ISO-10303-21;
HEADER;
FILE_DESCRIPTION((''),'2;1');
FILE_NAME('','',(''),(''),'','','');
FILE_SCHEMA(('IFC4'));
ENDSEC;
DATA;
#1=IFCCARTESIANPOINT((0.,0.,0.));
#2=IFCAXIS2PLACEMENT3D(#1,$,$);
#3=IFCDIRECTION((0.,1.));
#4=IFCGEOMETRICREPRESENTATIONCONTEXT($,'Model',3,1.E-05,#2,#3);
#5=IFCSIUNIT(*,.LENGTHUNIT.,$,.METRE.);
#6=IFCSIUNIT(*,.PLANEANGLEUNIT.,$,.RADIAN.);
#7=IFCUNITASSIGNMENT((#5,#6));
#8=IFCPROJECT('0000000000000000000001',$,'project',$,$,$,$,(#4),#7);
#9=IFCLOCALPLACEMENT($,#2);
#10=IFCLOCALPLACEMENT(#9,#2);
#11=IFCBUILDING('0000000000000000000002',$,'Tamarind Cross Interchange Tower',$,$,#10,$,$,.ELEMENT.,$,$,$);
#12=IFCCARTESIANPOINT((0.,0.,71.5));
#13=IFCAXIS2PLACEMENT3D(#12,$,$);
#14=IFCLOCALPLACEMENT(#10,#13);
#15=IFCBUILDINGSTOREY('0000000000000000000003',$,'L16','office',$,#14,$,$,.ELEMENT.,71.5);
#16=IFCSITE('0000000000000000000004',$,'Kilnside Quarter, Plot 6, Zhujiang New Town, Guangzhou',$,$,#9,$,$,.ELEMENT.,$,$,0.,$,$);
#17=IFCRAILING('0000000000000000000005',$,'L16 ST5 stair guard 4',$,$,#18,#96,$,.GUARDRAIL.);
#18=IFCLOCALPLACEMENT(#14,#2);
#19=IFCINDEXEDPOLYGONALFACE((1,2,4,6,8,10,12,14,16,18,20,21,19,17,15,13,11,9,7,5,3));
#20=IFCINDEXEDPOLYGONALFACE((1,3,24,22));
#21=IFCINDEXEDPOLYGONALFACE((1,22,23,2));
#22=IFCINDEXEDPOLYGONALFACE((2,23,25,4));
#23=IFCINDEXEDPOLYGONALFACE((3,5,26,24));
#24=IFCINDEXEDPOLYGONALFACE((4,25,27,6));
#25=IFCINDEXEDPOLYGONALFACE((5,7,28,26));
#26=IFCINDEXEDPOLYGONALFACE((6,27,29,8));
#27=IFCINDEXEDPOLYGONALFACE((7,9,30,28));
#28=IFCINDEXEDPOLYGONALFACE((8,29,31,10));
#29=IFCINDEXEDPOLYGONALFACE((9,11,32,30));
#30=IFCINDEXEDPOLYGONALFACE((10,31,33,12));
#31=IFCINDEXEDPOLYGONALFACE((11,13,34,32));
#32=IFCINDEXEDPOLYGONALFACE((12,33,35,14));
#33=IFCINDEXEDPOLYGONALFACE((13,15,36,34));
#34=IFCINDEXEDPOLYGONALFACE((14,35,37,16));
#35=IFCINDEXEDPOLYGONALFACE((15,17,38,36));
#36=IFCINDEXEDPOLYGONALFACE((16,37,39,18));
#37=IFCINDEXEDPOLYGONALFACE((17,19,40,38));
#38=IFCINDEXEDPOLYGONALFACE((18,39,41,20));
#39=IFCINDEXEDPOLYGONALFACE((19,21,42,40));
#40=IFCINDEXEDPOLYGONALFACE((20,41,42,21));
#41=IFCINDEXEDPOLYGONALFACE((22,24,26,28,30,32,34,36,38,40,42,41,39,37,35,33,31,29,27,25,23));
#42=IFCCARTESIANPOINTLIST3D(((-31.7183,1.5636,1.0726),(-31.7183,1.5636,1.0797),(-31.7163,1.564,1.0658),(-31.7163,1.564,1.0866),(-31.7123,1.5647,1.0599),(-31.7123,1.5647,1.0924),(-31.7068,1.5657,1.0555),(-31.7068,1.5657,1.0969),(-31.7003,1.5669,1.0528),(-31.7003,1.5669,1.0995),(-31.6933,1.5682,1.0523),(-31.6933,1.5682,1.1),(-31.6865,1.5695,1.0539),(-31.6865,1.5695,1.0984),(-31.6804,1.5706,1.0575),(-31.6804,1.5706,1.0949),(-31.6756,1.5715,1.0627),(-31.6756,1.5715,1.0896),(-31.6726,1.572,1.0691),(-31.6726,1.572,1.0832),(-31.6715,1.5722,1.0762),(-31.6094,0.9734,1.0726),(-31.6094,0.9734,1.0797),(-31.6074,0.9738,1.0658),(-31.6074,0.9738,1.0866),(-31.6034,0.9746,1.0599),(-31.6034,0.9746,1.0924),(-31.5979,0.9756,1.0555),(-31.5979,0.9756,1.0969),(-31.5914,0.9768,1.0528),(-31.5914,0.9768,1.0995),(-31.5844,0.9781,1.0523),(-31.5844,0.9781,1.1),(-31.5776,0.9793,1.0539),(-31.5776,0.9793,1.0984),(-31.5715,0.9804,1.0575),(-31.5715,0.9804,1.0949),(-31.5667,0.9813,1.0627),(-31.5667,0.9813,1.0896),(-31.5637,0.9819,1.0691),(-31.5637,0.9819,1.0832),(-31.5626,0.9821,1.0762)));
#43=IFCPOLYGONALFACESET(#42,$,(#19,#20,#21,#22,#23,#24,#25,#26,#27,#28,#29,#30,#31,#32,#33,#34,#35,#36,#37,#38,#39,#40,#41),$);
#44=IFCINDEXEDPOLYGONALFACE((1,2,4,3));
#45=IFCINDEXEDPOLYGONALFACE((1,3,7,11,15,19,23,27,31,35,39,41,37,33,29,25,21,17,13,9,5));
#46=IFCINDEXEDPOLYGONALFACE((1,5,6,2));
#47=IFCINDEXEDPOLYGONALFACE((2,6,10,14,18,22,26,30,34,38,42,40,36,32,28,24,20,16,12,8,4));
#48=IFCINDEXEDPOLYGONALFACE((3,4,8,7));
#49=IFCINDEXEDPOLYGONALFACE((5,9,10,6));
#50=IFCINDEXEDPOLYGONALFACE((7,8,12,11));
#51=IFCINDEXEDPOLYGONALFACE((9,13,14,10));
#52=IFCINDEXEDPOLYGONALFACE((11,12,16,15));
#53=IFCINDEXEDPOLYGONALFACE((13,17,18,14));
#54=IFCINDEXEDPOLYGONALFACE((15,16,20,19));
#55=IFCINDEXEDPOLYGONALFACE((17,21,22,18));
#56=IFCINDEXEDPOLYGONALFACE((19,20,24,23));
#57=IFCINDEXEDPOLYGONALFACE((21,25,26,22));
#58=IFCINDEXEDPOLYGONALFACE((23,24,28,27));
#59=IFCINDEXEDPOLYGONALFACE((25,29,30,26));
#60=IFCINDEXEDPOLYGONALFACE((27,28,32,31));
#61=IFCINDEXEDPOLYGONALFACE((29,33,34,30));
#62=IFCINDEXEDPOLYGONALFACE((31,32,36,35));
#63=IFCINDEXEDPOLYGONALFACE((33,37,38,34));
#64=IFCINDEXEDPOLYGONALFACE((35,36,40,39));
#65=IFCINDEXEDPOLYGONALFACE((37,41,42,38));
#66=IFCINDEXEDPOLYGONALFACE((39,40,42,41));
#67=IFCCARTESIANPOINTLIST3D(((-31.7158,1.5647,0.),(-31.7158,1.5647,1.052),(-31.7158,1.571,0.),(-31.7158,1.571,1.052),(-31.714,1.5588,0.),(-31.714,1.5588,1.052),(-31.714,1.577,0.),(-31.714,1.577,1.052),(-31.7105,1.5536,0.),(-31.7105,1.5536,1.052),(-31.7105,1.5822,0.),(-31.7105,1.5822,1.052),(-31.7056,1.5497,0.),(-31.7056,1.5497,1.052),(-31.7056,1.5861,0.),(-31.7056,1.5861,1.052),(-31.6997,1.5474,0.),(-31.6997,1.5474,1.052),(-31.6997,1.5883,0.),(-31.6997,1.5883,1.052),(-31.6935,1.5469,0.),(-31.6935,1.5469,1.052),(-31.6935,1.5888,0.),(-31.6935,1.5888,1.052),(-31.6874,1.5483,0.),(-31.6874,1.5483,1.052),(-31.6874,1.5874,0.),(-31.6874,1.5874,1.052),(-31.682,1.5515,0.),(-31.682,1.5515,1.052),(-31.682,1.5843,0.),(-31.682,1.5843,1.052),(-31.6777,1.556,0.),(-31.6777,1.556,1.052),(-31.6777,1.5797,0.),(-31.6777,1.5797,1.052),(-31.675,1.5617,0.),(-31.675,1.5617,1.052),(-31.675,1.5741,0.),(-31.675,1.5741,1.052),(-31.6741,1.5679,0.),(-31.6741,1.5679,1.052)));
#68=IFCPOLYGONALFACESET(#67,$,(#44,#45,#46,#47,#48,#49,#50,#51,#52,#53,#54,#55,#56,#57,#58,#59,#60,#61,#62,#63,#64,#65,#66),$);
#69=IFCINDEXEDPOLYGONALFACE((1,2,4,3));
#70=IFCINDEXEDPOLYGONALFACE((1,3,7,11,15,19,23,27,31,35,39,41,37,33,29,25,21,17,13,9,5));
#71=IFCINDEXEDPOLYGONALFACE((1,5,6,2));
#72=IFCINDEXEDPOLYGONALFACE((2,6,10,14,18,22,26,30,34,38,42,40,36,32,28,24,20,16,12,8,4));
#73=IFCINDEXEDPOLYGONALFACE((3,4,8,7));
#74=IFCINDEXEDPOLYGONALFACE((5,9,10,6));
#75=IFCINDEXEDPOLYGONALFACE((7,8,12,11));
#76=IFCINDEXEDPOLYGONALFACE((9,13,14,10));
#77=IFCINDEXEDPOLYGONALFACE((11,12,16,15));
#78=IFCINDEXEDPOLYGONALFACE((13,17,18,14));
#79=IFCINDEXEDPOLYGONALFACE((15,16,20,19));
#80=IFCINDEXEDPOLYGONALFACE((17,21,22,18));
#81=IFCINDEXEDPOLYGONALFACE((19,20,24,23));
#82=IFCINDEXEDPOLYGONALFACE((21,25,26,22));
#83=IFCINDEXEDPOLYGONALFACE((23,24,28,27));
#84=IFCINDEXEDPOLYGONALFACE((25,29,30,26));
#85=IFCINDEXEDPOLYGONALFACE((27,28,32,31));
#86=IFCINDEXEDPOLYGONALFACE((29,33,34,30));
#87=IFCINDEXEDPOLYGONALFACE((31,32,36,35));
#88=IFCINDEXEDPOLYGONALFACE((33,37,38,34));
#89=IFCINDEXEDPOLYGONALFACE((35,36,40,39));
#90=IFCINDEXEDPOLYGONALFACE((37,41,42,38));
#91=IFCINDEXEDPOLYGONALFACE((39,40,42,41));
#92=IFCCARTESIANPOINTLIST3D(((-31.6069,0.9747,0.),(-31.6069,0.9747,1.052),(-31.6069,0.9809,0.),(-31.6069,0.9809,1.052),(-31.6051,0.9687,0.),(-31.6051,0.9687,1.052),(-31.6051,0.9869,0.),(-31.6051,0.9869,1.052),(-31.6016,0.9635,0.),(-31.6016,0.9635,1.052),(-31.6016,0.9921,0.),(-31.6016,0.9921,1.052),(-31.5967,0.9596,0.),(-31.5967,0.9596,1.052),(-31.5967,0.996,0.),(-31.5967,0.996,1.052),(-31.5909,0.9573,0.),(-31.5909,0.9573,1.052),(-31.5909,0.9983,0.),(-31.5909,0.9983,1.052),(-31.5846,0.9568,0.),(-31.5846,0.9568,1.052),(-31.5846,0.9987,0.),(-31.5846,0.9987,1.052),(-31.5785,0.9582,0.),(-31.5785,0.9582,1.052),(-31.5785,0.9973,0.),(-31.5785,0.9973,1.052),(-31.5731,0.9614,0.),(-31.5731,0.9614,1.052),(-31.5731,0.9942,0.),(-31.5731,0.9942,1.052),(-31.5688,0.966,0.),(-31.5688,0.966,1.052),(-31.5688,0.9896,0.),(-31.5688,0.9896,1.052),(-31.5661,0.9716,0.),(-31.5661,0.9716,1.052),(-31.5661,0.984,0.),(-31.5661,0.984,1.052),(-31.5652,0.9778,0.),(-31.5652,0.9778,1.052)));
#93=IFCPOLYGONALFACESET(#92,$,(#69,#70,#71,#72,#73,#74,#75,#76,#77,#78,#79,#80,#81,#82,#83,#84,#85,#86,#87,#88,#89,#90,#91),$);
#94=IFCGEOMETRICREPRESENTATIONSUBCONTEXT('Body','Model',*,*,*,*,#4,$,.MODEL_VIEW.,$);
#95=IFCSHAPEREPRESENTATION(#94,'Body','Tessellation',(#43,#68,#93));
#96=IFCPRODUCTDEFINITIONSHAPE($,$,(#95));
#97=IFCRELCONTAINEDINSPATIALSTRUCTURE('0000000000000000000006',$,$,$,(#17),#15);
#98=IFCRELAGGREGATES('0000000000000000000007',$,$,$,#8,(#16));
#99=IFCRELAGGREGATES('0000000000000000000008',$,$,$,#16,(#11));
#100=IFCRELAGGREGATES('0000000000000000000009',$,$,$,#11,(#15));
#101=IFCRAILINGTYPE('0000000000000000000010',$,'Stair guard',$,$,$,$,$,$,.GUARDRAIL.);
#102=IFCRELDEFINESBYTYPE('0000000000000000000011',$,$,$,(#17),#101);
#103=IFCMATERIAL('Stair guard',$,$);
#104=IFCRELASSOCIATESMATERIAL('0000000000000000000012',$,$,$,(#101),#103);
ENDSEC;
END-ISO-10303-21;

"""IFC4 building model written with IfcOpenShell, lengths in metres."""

from ifc_helpers import new_model, si_unit, direction, frame, origin, origin_2d, place, context, subcontext, project, spatial, circle, extrude, material, type_object, element, save


model = new_model("IFC4")

# Units and contexts
model_context = context("Model", 3, precision=1e-05, world=origin(), true_north=direction((0.0, 1.0)))
body_context = subcontext(model_context, "Body", "Model", "MODEL_VIEW")
ifc_project = project(units=[si_unit("LENGTHUNIT", "METRE"), si_unit("PLANEANGLEUNIT", "RADIAN")], contexts=[model_context])

# Site, building, storey
site_placement = place(None, origin())
site = spatial("IfcSite", under=ifc_project, at=site_placement, Name="Kilnside Quarter, Plot 6, Zhujiang New Town, Guangzhou", CompositionType="ELEMENT", RefElevation=0.0)
building_placement = place(site_placement, origin())
building = spatial("IfcBuilding", under=site, at=building_placement, Name="Tamarind Cross Interchange Tower", CompositionType="ELEMENT")
storey_placement = place(building_placement, frame((0.0, 0.0, 71.5)))
storey = spatial("IfcBuildingStorey", under=building, at=storey_placement, Name="L16", Description="office", CompositionType="ELEMENT", Elevation=71.5)

# Railing
ifc_material_1 = material(Name="Stair guard")
railing_type_1 = type_object("IfcRailingType", Name="Stair guard", PredefinedType="GUARDRAIL", material=ifc_material_1)
railing_1_placement = place(storey_placement, frame((-31.6951, 1.5679, 0.0)))
element("IfcRailing", 1, at=railing_1_placement, inside=storey, type_object=railing_type_1, Name="L16 ST5 stair guard 4", PredefinedType="GUARDRAIL", context=body_context, shape_type="SweptSolid", body=[
    extrude(circle(Radius=0.0239, at=origin_2d()), frame((0.0, 0.0, 1.0762), z_axis=(0.181463, -0.983398, 0.0), x_axis=(0.983398, 0.181463, 0.0)), (0.0, 0.0, 1.0), 0.6001),
    extrude(circle(Radius=0.021, at=origin_2d()), origin(), (0.0, 0.0, 1.0), 1.052),
    extrude(circle(Radius=0.021, at=origin_2d()), frame((0.1089, -0.5901, 0.0)), (0.0, 0.0, 1.0), 1.052),
])

save(model, "model.ifc")
